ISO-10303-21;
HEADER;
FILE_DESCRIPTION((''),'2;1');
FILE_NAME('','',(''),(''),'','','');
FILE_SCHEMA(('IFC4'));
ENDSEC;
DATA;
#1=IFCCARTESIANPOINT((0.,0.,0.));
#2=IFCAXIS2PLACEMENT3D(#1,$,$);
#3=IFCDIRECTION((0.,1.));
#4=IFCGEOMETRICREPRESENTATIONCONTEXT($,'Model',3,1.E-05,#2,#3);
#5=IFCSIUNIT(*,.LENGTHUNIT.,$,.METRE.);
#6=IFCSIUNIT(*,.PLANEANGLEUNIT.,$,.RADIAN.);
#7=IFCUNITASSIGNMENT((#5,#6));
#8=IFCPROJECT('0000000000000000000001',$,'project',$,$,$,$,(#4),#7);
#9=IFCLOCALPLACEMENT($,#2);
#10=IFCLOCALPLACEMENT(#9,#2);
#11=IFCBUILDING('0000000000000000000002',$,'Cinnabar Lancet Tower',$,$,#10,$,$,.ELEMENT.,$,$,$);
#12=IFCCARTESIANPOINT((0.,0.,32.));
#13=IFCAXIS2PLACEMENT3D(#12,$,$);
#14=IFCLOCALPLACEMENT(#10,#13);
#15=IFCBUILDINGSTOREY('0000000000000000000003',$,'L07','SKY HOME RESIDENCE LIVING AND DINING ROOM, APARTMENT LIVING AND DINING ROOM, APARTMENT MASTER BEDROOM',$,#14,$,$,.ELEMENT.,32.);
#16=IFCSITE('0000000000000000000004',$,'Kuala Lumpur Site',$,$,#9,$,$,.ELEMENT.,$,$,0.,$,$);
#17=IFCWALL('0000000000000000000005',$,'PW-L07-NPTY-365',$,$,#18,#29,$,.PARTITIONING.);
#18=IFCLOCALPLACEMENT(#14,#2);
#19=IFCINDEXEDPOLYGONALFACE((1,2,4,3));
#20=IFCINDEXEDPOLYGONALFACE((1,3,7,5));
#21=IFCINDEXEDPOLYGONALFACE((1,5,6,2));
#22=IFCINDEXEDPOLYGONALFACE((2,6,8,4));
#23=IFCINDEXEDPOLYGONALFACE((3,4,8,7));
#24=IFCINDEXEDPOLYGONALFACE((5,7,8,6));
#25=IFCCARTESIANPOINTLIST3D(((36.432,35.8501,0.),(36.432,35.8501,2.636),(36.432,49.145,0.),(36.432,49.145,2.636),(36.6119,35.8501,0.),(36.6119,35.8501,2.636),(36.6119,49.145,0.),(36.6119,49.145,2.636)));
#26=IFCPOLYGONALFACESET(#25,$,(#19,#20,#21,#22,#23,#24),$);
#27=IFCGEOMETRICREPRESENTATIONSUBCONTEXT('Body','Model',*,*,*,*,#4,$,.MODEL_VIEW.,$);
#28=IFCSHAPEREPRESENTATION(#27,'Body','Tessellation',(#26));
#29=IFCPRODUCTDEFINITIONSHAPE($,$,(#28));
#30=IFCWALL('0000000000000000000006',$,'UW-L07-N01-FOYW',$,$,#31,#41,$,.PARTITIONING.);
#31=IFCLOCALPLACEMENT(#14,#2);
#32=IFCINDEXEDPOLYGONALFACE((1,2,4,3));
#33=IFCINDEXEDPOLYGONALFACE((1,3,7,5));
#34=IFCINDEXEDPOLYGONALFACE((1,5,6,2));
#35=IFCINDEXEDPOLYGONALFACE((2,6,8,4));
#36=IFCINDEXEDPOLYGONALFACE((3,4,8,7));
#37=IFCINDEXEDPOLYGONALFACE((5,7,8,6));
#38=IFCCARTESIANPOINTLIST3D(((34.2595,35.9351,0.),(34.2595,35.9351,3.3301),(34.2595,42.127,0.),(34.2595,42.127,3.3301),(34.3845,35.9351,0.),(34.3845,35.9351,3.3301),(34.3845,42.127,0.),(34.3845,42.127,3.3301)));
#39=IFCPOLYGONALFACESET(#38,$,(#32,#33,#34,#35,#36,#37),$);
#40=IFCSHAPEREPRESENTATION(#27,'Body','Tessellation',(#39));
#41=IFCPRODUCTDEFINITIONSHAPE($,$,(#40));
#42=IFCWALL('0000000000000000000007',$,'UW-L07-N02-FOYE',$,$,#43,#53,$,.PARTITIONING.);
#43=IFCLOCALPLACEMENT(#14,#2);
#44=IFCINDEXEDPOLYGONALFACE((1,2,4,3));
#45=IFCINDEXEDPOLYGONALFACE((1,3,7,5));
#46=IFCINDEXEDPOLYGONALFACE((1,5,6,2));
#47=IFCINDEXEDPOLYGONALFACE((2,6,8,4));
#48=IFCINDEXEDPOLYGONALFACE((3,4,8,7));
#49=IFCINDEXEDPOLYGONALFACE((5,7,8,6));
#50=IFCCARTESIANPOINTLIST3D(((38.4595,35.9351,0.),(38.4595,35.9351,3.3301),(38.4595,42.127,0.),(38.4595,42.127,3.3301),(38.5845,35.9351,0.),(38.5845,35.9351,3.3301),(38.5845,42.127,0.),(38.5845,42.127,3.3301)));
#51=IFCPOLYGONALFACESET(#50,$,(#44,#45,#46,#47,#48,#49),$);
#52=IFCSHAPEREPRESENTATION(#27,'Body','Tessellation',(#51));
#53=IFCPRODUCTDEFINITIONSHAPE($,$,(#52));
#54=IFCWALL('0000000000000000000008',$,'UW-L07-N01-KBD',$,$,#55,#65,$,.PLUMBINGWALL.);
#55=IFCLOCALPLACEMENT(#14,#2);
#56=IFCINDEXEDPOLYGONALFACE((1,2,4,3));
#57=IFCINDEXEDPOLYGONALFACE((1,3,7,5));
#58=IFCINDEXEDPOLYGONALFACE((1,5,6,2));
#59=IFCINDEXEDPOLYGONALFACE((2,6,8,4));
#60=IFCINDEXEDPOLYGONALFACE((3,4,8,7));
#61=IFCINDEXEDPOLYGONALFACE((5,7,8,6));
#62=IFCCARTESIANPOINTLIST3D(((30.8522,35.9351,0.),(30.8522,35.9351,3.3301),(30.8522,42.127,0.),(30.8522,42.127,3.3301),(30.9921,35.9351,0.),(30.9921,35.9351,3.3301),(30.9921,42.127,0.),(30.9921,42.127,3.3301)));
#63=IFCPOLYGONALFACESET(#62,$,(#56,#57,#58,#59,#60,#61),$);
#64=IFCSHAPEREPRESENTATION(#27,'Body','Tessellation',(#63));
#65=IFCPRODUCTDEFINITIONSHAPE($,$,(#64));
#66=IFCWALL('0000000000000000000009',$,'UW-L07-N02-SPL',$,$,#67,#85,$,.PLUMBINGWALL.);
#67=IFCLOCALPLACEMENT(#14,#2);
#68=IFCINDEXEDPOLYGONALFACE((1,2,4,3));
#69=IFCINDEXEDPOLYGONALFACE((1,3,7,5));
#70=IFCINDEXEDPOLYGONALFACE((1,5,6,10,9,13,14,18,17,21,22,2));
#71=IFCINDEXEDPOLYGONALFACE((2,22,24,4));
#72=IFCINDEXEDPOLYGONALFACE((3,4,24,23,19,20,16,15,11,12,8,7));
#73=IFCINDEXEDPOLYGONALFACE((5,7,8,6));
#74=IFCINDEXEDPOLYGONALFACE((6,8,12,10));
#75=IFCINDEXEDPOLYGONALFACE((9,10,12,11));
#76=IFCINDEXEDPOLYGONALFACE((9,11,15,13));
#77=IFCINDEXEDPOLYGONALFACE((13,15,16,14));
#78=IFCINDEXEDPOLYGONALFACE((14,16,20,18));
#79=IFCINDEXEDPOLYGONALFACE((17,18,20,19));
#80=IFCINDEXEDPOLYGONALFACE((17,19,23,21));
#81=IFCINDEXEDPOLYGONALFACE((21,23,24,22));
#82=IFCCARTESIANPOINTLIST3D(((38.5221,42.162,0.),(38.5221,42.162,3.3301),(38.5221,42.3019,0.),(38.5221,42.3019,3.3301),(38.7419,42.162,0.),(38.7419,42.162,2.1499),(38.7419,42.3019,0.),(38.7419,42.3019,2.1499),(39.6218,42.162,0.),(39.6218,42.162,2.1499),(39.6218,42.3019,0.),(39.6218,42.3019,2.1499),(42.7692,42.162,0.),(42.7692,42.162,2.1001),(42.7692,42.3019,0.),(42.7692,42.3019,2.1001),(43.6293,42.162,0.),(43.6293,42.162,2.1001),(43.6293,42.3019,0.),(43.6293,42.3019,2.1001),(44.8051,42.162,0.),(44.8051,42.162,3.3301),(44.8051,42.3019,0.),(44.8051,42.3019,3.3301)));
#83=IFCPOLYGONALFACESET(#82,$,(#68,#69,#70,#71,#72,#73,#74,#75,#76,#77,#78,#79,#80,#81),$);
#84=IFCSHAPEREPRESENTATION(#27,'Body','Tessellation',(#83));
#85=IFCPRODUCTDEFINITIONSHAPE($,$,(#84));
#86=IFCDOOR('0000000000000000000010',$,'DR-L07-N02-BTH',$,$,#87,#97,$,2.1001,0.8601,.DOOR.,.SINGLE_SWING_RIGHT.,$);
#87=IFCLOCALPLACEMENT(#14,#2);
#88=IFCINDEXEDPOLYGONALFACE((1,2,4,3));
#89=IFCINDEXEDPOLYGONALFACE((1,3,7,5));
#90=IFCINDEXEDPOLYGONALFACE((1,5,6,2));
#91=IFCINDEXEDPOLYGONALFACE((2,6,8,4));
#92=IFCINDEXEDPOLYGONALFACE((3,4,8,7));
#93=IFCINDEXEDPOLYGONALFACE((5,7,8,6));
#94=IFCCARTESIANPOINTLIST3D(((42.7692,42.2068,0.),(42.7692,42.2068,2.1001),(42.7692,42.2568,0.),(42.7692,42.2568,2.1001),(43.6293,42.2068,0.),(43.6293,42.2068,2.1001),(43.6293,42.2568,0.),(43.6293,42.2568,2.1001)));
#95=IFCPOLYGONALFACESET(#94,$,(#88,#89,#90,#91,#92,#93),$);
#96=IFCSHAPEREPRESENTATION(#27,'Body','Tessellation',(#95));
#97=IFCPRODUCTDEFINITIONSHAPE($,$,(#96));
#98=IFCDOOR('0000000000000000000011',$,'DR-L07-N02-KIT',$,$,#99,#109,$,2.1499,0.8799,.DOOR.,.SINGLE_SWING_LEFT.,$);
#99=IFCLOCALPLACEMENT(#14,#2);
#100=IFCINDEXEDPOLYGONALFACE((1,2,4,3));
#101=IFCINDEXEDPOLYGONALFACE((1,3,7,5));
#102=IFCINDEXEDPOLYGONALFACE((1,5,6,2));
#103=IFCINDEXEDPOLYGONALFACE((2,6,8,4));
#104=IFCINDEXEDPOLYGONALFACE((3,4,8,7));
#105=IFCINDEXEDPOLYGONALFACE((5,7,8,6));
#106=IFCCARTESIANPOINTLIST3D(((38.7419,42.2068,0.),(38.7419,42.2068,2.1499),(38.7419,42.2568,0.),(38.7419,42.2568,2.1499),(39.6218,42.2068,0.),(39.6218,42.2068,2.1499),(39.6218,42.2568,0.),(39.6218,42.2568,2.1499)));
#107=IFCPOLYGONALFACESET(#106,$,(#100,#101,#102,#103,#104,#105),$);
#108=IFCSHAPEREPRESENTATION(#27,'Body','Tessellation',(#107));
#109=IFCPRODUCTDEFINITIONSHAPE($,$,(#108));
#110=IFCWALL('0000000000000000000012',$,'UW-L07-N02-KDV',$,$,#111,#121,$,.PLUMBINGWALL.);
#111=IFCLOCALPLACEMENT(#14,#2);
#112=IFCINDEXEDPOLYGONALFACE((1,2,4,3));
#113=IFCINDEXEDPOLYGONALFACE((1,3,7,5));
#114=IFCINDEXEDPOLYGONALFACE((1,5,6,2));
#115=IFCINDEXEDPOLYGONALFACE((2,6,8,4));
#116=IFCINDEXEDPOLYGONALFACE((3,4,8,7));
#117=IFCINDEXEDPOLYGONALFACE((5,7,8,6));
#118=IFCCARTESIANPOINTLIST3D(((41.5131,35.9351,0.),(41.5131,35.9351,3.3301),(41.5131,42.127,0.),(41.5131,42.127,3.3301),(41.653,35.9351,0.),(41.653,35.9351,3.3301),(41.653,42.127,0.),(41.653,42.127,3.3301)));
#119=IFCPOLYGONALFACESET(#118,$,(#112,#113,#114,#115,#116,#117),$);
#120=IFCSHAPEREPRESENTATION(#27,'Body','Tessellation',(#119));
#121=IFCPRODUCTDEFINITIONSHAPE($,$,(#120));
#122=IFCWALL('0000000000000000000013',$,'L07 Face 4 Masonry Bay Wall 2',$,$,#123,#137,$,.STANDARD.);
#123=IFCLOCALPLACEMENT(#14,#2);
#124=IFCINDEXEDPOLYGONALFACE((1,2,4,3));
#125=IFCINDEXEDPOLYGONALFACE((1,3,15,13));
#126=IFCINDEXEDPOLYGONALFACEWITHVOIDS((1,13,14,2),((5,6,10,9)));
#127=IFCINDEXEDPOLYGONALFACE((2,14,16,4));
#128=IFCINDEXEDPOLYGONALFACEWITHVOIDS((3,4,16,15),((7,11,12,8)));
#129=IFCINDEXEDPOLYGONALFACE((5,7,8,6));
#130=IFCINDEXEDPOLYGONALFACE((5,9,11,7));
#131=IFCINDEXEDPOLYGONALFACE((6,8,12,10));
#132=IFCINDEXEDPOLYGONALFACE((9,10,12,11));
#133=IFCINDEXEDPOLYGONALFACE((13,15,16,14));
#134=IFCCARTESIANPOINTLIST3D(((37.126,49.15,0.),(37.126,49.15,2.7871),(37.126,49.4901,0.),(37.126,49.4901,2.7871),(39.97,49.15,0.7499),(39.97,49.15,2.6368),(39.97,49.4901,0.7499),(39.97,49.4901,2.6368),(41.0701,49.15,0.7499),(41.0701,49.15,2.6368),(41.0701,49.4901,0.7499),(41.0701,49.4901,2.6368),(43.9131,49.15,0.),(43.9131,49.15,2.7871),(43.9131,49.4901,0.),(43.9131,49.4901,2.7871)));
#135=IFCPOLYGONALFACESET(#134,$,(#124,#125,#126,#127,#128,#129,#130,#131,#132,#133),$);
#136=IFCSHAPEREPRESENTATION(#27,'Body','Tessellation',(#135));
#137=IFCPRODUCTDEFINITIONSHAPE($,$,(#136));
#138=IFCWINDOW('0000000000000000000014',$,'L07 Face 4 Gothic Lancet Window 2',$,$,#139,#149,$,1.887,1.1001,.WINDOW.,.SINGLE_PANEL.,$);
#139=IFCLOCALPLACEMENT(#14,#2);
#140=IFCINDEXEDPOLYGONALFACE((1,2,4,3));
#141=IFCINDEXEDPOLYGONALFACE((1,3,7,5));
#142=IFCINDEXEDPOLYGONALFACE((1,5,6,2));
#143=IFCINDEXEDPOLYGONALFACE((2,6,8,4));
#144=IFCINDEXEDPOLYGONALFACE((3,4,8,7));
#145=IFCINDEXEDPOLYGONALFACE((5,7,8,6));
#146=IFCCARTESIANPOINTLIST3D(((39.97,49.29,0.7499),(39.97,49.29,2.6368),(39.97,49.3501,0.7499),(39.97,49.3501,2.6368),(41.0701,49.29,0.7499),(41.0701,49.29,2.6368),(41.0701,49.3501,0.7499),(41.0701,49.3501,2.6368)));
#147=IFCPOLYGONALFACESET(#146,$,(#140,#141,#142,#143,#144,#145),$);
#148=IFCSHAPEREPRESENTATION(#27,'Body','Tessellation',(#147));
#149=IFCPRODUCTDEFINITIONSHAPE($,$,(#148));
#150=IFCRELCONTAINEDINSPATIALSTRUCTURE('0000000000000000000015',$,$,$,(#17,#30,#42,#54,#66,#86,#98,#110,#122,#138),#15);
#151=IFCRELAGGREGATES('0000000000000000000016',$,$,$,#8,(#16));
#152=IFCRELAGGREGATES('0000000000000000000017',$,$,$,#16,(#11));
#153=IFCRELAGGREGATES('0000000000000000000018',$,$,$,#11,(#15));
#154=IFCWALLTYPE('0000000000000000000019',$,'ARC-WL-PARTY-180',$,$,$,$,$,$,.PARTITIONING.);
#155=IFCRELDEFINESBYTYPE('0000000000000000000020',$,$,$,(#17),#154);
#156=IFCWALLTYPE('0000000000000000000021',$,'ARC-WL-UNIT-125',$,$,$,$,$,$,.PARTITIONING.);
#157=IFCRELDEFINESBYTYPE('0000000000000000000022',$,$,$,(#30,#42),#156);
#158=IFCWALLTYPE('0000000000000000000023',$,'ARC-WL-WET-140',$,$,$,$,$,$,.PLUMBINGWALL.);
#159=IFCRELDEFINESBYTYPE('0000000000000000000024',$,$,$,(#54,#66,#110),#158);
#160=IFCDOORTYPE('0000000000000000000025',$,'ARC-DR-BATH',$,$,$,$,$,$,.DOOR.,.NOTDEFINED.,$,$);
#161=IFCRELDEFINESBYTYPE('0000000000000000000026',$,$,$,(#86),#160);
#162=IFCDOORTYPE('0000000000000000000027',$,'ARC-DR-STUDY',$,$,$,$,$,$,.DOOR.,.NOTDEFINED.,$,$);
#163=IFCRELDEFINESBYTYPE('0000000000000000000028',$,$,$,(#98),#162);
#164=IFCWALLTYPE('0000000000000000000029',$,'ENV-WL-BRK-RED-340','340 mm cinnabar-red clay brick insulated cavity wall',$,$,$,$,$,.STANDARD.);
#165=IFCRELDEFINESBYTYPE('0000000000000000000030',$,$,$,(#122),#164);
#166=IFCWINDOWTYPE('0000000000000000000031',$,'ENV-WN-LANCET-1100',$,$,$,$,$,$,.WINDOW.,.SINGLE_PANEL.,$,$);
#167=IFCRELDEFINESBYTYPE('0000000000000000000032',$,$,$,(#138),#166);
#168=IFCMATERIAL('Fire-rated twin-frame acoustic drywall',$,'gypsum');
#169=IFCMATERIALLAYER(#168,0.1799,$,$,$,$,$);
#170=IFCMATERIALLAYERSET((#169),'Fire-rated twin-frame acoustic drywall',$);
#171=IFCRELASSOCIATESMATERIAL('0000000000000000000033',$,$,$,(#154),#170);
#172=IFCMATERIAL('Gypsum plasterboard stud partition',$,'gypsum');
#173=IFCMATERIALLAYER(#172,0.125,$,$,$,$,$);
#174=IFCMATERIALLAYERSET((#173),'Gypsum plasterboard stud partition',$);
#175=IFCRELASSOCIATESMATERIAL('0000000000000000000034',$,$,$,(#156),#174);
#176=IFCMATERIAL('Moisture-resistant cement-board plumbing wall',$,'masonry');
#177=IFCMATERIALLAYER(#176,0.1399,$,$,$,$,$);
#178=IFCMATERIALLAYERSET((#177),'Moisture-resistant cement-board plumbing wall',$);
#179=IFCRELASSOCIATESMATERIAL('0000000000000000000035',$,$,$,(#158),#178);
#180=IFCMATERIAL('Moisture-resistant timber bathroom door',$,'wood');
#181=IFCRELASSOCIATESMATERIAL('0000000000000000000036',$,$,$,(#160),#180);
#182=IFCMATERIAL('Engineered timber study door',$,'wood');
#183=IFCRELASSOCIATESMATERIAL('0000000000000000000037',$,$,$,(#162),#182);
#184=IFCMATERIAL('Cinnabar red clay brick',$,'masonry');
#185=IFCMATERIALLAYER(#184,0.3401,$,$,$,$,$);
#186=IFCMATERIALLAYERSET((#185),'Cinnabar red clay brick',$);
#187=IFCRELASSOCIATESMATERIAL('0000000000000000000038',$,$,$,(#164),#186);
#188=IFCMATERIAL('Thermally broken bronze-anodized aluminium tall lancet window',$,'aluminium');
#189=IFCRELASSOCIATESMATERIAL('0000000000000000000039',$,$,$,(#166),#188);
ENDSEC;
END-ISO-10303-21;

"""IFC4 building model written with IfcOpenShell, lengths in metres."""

from ifc_helpers import new_model, si_unit, direction, frame, frame_2d, origin, place, context, subcontext, project, spatial, rectangle, extrude, material, layer, layer_set, type_object, element, fill, save


model = new_model("IFC4")

# Units and contexts
model_context = context("Model", 3, precision=1e-05, world=origin(), true_north=direction((0.0, 1.0)))
body_context = subcontext(model_context, "Body", "Model", "MODEL_VIEW")
ifc_project = project(units=[si_unit("LENGTHUNIT", "METRE"), si_unit("PLANEANGLEUNIT", "RADIAN")], contexts=[model_context])

# Site, building, storey
site_placement = place(None, origin())
site = spatial("IfcSite", under=ifc_project, at=site_placement, Name="Kuala Lumpur Site", CompositionType="ELEMENT", RefElevation=0.0)
building_placement = place(site_placement, origin())
building = spatial("IfcBuilding", under=site, at=building_placement, Name="Cinnabar Lancet Tower", CompositionType="ELEMENT")
storey_placement = place(building_placement, frame((0.0, 0.0, 32.0)))
storey = spatial("IfcBuildingStorey", under=building, at=storey_placement, Name="L07", Description="SKY HOME RESIDENCE LIVING AND DINING ROOM, APARTMENT LIVING AND DINING ROOM, APARTMENT MASTER BEDROOM", CompositionType="ELEMENT", Elevation=32.0)

# Walls
ifc_material_1 = material(Name="Fire-rated twin-frame acoustic drywall", Category="gypsum")
ifc_layer_1 = layer(ifc_material_1, 0.1799)
ifc_layer_set_1 = layer_set([ifc_layer_1], Name="Fire-rated twin-frame acoustic drywall")
wall_type_1 = type_object("IfcWallType", Name="ARC-WL-PARTY-180", PredefinedType="PARTITIONING", material=ifc_layer_set_1)
wall_1_placement = place(storey_placement, frame((36.522, 35.8501, 0.0), z_axis=(0.0, 0.0, 1.0), x_axis=(0.0, 1.0, 0.0)))
element("IfcWall", 1, at=wall_1_placement, inside=storey, type_object=wall_type_1, Name="PW-L07-NPTY-365", PredefinedType="PARTITIONING", context=body_context, shape_type="SweptSolid", body=[
    extrude(rectangle(XDim=13.2949, YDim=0.1799, at=frame_2d((6.6475, 0.0))), origin(), (0.0, 0.0, 1.0), 2.636),
])
ifc_material_2 = material(Name="Gypsum plasterboard stud partition", Category="gypsum")
ifc_layer_2 = layer(ifc_material_2, 0.125)
ifc_layer_set_2 = layer_set([ifc_layer_2], Name="Gypsum plasterboard stud partition")
wall_type_2 = type_object("IfcWallType", Name="ARC-WL-UNIT-125", PredefinedType="PARTITIONING", material=ifc_layer_set_2)
for number, where, z_axis, x_axis, name in (
    (2, (34.322, 35.9351, 0.0), (0.0, 0.0, 1.0), (0.0, 1.0, 0.0), "UW-L07-N01-FOYW"),
    (3, (38.522, 35.9351, 0.0), (0.0, 0.0, 1.0), (0.0, 1.0, 0.0), "UW-L07-N02-FOYE"),
):
    element("IfcWall", number, at=place(storey_placement, frame(where, z_axis=z_axis, x_axis=x_axis)), inside=storey, type_object=wall_type_2, Name=name, PredefinedType="PARTITIONING", context=body_context, shape_type="SweptSolid", body=[
        extrude(rectangle(XDim=6.1919, YDim=0.125, at=frame_2d((3.0959, 0.0))), origin(), (0.0, 0.0, 1.0), 3.3301),
    ])
ifc_material_3 = material(Name="Moisture-resistant cement-board plumbing wall", Category="masonry")
ifc_layer_3 = layer(ifc_material_3, 0.1399)
ifc_layer_set_3 = layer_set([ifc_layer_3], Name="Moisture-resistant cement-board plumbing wall")
wall_type_3 = type_object("IfcWallType", Name="ARC-WL-WET-140", PredefinedType="PLUMBINGWALL", material=ifc_layer_set_3)
wall_2_placement = place(storey_placement, frame((30.9221, 35.9351, 0.0), z_axis=(0.0, 0.0, 1.0), x_axis=(0.0, 1.0, 0.0)))
element("IfcWall", 4, at=wall_2_placement, inside=storey, type_object=wall_type_3, Name="UW-L07-N01-KBD", PredefinedType="PLUMBINGWALL", context=body_context, shape_type="SweptSolid", body=[
    extrude(rectangle(XDim=6.1919, YDim=0.1399, at=frame_2d((3.0959, 0.0))), origin(), (0.0, 0.0, 1.0), 3.3301),
])

# Wall, openings, doors
wall_3_placement = place(storey_placement, frame((38.522, 42.2319, 0.0), z_axis=(0.0, 0.0, 1.0), x_axis=(1.0, 0.0, 0.0)))
wall_3 = element("IfcWall", 5, at=wall_3_placement, inside=storey, type_object=wall_type_3, Name="UW-L07-N02-SPL", PredefinedType="PLUMBINGWALL", context=body_context, shape_type="SweptSolid", body=[
    extrude(rectangle(XDim=6.283, YDim=0.1399, at=frame_2d((3.1416, 0.0))), origin(), (0.0, 0.0, 1.0), 3.3301),
])
opening_1_placement = place(wall_3_placement, frame((4.2471, 0.0, 0.0)))
opening_1 = element("IfcOpeningElement", 6, at=opening_1_placement, cuts=wall_3, PredefinedType="OPENING", context=body_context, shape_type="SweptSolid", body=[
    extrude(rectangle(XDim=0.8601, YDim=2.1001, at=frame_2d((0.4302, 1.05))), frame((0.0, 0.0798, 0.0), z_axis=(0.0, -1.0, 0.0), x_axis=(1.0, 0.0, 0.0)), (0.0, 0.0, 1.0), 0.1599),
])
opening_2_placement = place(wall_3_placement, frame((0.22, 0.0, 0.0)))
opening_2 = element("IfcOpeningElement", 7, at=opening_2_placement, cuts=wall_3, PredefinedType="OPENING", context=body_context, shape_type="SweptSolid", body=[
    extrude(rectangle(XDim=0.8799, YDim=2.1499, at=frame_2d((0.4399, 1.075))), frame((0.0, 0.0798, 0.0), z_axis=(0.0, -1.0, 0.0), x_axis=(1.0, 0.0, 0.0)), (0.0, 0.0, 1.0), 0.1599),
])
ifc_material_4 = material(Name="Moisture-resistant timber bathroom door", Category="wood")
door_type_1 = type_object("IfcDoorType", Name="ARC-DR-BATH", OperationType="NOTDEFINED", PredefinedType="DOOR", material=ifc_material_4)
door_1_placement = place(opening_1_placement, origin())
door_1 = element("IfcDoor", 8, at=door_1_placement, inside=storey, type_object=door_type_1, Name="DR-L07-N02-BTH", OperationType="SINGLE_SWING_RIGHT", OverallHeight=2.1001, OverallWidth=0.8601, PredefinedType="DOOR", context=body_context, shape_type="SweptSolid", body=[
    extrude(rectangle(XDim=0.8601, YDim=2.1001, at=frame_2d((0.4302, 1.05))), frame((0.0, 0.0249, 0.0), z_axis=(0.0, -1.0, 0.0), x_axis=(1.0, 0.0, 0.0)), (0.0, 0.0, 1.0), 0.05),
])
fill(opening_1, door_1)
ifc_material_5 = material(Name="Engineered timber study door", Category="wood")
door_type_2 = type_object("IfcDoorType", Name="ARC-DR-STUDY", OperationType="NOTDEFINED", PredefinedType="DOOR", material=ifc_material_5)
door_2_placement = place(opening_2_placement, origin())
door_2 = element("IfcDoor", 9, at=door_2_placement, inside=storey, type_object=door_type_2, Name="DR-L07-N02-KIT", OperationType="SINGLE_SWING_LEFT", OverallHeight=2.1499, OverallWidth=0.8799, PredefinedType="DOOR", context=body_context, shape_type="SweptSolid", body=[
    extrude(rectangle(XDim=0.8799, YDim=2.1499, at=frame_2d((0.4399, 1.075))), frame((0.0, 0.0249, 0.0), z_axis=(0.0, -1.0, 0.0), x_axis=(1.0, 0.0, 0.0)), (0.0, 0.0, 1.0), 0.05),
])
fill(opening_2, door_2)

# Wall
wall_4_placement = place(storey_placement, frame((41.583, 35.9351, 0.0), z_axis=(0.0, 0.0, 1.0), x_axis=(0.0, 1.0, 0.0)))
element("IfcWall", 10, at=wall_4_placement, inside=storey, type_object=wall_type_3, Name="UW-L07-N02-KDV", PredefinedType="PLUMBINGWALL", context=body_context, shape_type="SweptSolid", body=[
    extrude(rectangle(XDim=6.1919, YDim=0.1399, at=frame_2d((3.0959, 0.0))), origin(), (0.0, 0.0, 1.0), 3.3301),
])

# Wall, opening, window
ifc_material_6 = material(Name="Cinnabar red clay brick", Category="masonry")
ifc_layer_4 = layer(ifc_material_6, 0.3401)
ifc_layer_set_4 = layer_set([ifc_layer_4], Name="Cinnabar red clay brick")
wall_type_4 = type_object("IfcWallType", Name="ENV-WL-BRK-RED-340", Description="340 mm cinnabar-red clay brick insulated cavity wall", PredefinedType="STANDARD", material=ifc_layer_set_4)
wall_5_placement = place(storey_placement, frame((43.9131, 49.3201, 0.0), z_axis=(0.0, 0.0, 1.0), x_axis=(-1.0, 0.0, 0.0)))
wall_5 = element("IfcWall", 11, at=wall_5_placement, inside=storey, type_object=wall_type_4, Name="L07 Face 4 Masonry Bay Wall 2", PredefinedType="STANDARD", context=body_context, shape_type="SweptSolid", body=[
    extrude(rectangle(XDim=6.7871, YDim=0.3401, at=frame_2d((3.3936, 0.0))), origin(), (0.0, 0.0, 1.0), 2.7871),
])
opening_3_placement = place(wall_5_placement, frame((2.843, 0.0, 0.75)))
opening_3 = element("IfcOpeningElement", 12, at=opening_3_placement, cuts=wall_5, PredefinedType="OPENING", context=body_context, shape_type="SweptSolid", body=[
    extrude(rectangle(XDim=1.1001, YDim=1.887, at=frame_2d((0.55, 0.9434))), frame((0.0, 0.1799, 0.0), z_axis=(0.0, -1.0, 0.0), x_axis=(1.0, 0.0, 0.0)), (0.0, 0.0, 1.0), 0.3601),
])
ifc_material_7 = material(Name="Thermally broken bronze-anodized aluminium tall lancet window", Category="aluminium")
window_type = type_object("IfcWindowType", Name="ENV-WN-LANCET-1100", PartitioningType="SINGLE_PANEL", PredefinedType="WINDOW", material=ifc_material_7)
window_placement = place(opening_3_placement, origin())
window = element("IfcWindow", 13, at=window_placement, inside=storey, type_object=window_type, Name="L07 Face 4 Gothic Lancet Window 2", OverallHeight=1.887, OverallWidth=1.1001, PartitioningType="SINGLE_PANEL", PredefinedType="WINDOW", context=body_context, shape_type="SweptSolid", body=[
    extrude(rectangle(XDim=1.1001, YDim=1.887, at=frame_2d((0.55, 0.9434))), frame((0.0, 0.03, 0.0), z_axis=(0.0, -1.0, 0.0), x_axis=(1.0, 0.0, 0.0)), (0.0, 0.0, 1.0), 0.0601),
])
fill(opening_3, window)

save(model, "model.ifc")
